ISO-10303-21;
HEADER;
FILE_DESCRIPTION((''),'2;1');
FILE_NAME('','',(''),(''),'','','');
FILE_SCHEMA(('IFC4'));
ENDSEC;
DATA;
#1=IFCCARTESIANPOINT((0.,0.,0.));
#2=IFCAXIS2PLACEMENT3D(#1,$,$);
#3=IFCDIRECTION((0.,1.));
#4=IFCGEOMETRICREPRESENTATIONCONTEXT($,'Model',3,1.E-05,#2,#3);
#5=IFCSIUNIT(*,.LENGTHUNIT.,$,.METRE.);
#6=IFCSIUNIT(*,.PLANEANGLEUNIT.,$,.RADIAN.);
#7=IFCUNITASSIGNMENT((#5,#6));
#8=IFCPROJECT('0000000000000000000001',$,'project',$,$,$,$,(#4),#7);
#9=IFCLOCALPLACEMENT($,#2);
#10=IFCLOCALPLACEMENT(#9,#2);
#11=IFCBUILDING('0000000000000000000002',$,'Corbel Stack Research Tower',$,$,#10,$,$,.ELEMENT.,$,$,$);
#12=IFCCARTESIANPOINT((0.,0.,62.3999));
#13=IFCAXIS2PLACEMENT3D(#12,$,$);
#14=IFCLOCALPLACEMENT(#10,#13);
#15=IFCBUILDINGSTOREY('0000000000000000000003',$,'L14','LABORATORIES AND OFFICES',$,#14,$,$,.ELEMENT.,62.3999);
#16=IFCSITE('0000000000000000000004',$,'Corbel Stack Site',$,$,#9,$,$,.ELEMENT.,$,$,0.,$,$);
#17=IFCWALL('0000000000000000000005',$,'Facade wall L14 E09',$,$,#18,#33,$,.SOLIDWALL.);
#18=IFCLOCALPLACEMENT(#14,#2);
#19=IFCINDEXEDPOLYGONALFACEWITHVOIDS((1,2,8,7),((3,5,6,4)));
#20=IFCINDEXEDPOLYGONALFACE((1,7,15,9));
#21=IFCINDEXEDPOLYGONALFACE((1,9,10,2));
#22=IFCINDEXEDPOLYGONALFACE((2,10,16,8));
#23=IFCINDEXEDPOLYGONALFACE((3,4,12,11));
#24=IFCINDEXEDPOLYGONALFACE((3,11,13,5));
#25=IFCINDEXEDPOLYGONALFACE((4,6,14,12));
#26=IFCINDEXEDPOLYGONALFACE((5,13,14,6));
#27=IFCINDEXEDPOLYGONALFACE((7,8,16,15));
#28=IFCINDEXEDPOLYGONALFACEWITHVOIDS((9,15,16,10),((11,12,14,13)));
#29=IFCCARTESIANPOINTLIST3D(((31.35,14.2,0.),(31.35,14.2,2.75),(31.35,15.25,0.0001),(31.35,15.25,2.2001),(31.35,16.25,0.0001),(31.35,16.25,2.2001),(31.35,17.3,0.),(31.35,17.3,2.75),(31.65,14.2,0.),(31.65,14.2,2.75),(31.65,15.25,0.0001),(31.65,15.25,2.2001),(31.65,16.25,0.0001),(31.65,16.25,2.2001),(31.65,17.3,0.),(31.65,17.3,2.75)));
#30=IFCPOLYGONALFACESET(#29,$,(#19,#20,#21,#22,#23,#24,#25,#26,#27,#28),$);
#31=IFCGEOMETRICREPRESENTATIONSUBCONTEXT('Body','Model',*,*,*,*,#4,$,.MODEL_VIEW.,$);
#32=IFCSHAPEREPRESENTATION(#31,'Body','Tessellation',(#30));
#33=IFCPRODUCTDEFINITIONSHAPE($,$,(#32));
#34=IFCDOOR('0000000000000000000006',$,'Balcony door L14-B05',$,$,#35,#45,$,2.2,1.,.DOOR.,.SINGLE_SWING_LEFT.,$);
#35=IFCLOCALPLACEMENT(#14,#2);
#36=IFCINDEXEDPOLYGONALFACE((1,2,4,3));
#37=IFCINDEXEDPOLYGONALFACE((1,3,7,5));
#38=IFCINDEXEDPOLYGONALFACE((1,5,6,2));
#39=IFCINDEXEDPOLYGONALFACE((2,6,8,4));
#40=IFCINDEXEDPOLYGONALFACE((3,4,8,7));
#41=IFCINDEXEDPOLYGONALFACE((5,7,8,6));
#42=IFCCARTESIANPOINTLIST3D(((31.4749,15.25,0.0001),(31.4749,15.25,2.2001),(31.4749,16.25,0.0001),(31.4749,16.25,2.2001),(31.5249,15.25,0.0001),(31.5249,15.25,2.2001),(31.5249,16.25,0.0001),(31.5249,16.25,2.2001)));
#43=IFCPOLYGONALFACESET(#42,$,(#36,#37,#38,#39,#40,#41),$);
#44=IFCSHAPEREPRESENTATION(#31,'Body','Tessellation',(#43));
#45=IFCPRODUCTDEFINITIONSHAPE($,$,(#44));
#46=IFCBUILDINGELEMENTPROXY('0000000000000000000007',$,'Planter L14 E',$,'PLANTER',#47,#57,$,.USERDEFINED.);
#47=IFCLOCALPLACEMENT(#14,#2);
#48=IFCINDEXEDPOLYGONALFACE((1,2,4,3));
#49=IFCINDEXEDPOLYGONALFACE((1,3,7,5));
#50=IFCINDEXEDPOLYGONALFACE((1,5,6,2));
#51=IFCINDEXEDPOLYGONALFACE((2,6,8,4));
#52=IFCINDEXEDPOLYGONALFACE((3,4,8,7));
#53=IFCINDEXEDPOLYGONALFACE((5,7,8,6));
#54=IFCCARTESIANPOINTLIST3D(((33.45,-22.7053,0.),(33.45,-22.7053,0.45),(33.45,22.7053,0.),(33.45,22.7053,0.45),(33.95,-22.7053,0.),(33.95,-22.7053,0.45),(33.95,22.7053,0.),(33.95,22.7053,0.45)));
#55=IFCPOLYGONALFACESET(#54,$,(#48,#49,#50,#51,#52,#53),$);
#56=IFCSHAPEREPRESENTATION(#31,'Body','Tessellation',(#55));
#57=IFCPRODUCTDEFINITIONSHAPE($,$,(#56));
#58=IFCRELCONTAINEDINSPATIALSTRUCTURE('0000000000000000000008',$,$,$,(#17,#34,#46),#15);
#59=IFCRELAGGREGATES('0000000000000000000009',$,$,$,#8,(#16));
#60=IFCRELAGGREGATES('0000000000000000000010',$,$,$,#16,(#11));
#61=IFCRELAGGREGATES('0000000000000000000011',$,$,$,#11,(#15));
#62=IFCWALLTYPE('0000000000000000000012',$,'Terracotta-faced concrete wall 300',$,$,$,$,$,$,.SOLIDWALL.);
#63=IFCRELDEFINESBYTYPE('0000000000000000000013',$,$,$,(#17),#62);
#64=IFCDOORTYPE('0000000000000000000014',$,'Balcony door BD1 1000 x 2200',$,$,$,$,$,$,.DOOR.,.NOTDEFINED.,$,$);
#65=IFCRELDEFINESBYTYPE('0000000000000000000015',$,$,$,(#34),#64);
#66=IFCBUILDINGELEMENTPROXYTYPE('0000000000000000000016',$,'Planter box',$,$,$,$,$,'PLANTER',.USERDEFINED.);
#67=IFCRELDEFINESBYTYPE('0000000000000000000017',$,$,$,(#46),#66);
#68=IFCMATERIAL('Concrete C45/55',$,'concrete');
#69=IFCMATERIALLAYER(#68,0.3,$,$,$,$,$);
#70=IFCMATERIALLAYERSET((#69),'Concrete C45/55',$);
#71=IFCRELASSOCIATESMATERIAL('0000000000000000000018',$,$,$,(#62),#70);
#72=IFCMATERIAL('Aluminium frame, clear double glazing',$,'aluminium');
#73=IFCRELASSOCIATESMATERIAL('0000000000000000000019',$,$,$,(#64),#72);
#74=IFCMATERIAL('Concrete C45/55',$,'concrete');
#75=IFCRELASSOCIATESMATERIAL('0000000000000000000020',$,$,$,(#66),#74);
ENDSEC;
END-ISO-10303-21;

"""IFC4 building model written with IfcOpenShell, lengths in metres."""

from ifc_helpers import new_model, si_unit, direction, frame, frame_2d, origin, origin_2d, place, context, subcontext, project, spatial, rectangle, extrude, material, layer, layer_set, type_object, element, fill, save


model = new_model("IFC4")

# Units and contexts
model_context = context("Model", 3, precision=1e-05, world=origin(), true_north=direction((0.0, 1.0)))
body_context = subcontext(model_context, "Body", "Model", "MODEL_VIEW")
ifc_project = project(units=[si_unit("LENGTHUNIT", "METRE"), si_unit("PLANEANGLEUNIT", "RADIAN")], contexts=[model_context])

# Site, building, storey
site_placement = place(None, origin())
site = spatial("IfcSite", under=ifc_project, at=site_placement, Name="Corbel Stack Site", CompositionType="ELEMENT", RefElevation=0.0)
building_placement = place(site_placement, origin())
building = spatial("IfcBuilding", under=site, at=building_placement, Name="Corbel Stack Research Tower", CompositionType="ELEMENT")
storey_placement = place(building_placement, frame((0.0, 0.0, 62.3999)))
storey = spatial("IfcBuildingStorey", under=building, at=storey_placement, Name="L14", Description="LABORATORIES AND OFFICES", CompositionType="ELEMENT", Elevation=62.3999)

# Shared definitions
ifc_material_1 = material(Name="Concrete C45/55", Category="concrete")
ifc_layer_1 = layer(ifc_material_1, 0.3)
ifc_layer_set_1 = layer_set([ifc_layer_1], Name="Concrete C45/55")
wall_type_1 = type_object("IfcWallType", Name="Terracotta-faced concrete wall 300", PredefinedType="SOLIDWALL", material=ifc_layer_set_1)

# Wall, opening, door
wall_1_placement = place(storey_placement, frame((31.5, 17.3, 0.0), z_axis=(0.0, 0.0, 1.0), x_axis=(0.0, -1.0, 0.0)))
wall_1 = element("IfcWall", 1, at=wall_1_placement, inside=storey, type_object=wall_type_1, Name="Facade wall L14 E09", PredefinedType="SOLIDWALL", context=body_context, shape_type="SweptSolid", body=[
    extrude(rectangle(XDim=3.1001, YDim=0.3, at=frame_2d((1.55, 0.0))), origin(), (0.0, 0.0, 1.0), 2.75),
])
opening_1_placement = place(wall_1_placement, frame((1.05, 0.0, 0.0)))
opening_1 = element("IfcOpeningElement", 2, at=opening_1_placement, cuts=wall_1, PredefinedType="OPENING", context=body_context, shape_type="SweptSolid", body=[
    extrude(rectangle(XDim=1.0, YDim=2.2, at=frame_2d((0.5, 1.1001))), frame((0.0, 0.1599, 0.0), z_axis=(0.0, -1.0, 0.0), x_axis=(1.0, 0.0, 0.0)), (0.0, 0.0, 1.0), 0.3201),
])
ifc_material_2 = material(Name="Aluminium frame, clear double glazing", Category="aluminium")
door_type_1 = type_object("IfcDoorType", Name="Balcony door BD1 1000 x 2200", OperationType="NOTDEFINED", PredefinedType="DOOR", material=ifc_material_2)
door_1_placement = place(opening_1_placement, origin())
door_1 = element("IfcDoor", 3, at=door_1_placement, inside=storey, type_object=door_type_1, Name="Balcony door L14-B05", OperationType="SINGLE_SWING_LEFT", OverallHeight=2.2, OverallWidth=1.0, PredefinedType="DOOR", context=body_context, shape_type="SweptSolid", body=[
    extrude(rectangle(XDim=1.0, YDim=2.2, at=frame_2d((0.5, 1.1001))), frame((0.0, 0.0249, 0.0), z_axis=(0.0, -1.0, 0.0), x_axis=(1.0, 0.0, 0.0)), (0.0, 0.0, 1.0), 0.05),
])
fill(opening_1, door_1)

# Building element proxy
ifc_material_3 = material(Name="Concrete C45/55", Category="concrete")
building_element_proxy_type = type_object("IfcBuildingElementProxyType", Name="Planter box", ElementType="PLANTER", PredefinedType="USERDEFINED", material=ifc_material_3)
proxy_placement = place(storey_placement, frame((33.7, 0.0, 0.0), z_axis=(0.0, 0.0, 1.0), x_axis=(0.0, 1.0, 0.0)))
element("IfcBuildingElementProxy", 4, at=proxy_placement, inside=storey, type_object=building_element_proxy_type, Name="Planter L14 E", ObjectType="PLANTER", PredefinedType="USERDEFINED", context=body_context, shape_type="SweptSolid", body=[
    extrude(rectangle(XDim=45.4106, YDim=0.5, at=origin_2d()), origin(), (0.0, 0.0, 1.0), 0.45),
])

save(model, "model.ifc")
